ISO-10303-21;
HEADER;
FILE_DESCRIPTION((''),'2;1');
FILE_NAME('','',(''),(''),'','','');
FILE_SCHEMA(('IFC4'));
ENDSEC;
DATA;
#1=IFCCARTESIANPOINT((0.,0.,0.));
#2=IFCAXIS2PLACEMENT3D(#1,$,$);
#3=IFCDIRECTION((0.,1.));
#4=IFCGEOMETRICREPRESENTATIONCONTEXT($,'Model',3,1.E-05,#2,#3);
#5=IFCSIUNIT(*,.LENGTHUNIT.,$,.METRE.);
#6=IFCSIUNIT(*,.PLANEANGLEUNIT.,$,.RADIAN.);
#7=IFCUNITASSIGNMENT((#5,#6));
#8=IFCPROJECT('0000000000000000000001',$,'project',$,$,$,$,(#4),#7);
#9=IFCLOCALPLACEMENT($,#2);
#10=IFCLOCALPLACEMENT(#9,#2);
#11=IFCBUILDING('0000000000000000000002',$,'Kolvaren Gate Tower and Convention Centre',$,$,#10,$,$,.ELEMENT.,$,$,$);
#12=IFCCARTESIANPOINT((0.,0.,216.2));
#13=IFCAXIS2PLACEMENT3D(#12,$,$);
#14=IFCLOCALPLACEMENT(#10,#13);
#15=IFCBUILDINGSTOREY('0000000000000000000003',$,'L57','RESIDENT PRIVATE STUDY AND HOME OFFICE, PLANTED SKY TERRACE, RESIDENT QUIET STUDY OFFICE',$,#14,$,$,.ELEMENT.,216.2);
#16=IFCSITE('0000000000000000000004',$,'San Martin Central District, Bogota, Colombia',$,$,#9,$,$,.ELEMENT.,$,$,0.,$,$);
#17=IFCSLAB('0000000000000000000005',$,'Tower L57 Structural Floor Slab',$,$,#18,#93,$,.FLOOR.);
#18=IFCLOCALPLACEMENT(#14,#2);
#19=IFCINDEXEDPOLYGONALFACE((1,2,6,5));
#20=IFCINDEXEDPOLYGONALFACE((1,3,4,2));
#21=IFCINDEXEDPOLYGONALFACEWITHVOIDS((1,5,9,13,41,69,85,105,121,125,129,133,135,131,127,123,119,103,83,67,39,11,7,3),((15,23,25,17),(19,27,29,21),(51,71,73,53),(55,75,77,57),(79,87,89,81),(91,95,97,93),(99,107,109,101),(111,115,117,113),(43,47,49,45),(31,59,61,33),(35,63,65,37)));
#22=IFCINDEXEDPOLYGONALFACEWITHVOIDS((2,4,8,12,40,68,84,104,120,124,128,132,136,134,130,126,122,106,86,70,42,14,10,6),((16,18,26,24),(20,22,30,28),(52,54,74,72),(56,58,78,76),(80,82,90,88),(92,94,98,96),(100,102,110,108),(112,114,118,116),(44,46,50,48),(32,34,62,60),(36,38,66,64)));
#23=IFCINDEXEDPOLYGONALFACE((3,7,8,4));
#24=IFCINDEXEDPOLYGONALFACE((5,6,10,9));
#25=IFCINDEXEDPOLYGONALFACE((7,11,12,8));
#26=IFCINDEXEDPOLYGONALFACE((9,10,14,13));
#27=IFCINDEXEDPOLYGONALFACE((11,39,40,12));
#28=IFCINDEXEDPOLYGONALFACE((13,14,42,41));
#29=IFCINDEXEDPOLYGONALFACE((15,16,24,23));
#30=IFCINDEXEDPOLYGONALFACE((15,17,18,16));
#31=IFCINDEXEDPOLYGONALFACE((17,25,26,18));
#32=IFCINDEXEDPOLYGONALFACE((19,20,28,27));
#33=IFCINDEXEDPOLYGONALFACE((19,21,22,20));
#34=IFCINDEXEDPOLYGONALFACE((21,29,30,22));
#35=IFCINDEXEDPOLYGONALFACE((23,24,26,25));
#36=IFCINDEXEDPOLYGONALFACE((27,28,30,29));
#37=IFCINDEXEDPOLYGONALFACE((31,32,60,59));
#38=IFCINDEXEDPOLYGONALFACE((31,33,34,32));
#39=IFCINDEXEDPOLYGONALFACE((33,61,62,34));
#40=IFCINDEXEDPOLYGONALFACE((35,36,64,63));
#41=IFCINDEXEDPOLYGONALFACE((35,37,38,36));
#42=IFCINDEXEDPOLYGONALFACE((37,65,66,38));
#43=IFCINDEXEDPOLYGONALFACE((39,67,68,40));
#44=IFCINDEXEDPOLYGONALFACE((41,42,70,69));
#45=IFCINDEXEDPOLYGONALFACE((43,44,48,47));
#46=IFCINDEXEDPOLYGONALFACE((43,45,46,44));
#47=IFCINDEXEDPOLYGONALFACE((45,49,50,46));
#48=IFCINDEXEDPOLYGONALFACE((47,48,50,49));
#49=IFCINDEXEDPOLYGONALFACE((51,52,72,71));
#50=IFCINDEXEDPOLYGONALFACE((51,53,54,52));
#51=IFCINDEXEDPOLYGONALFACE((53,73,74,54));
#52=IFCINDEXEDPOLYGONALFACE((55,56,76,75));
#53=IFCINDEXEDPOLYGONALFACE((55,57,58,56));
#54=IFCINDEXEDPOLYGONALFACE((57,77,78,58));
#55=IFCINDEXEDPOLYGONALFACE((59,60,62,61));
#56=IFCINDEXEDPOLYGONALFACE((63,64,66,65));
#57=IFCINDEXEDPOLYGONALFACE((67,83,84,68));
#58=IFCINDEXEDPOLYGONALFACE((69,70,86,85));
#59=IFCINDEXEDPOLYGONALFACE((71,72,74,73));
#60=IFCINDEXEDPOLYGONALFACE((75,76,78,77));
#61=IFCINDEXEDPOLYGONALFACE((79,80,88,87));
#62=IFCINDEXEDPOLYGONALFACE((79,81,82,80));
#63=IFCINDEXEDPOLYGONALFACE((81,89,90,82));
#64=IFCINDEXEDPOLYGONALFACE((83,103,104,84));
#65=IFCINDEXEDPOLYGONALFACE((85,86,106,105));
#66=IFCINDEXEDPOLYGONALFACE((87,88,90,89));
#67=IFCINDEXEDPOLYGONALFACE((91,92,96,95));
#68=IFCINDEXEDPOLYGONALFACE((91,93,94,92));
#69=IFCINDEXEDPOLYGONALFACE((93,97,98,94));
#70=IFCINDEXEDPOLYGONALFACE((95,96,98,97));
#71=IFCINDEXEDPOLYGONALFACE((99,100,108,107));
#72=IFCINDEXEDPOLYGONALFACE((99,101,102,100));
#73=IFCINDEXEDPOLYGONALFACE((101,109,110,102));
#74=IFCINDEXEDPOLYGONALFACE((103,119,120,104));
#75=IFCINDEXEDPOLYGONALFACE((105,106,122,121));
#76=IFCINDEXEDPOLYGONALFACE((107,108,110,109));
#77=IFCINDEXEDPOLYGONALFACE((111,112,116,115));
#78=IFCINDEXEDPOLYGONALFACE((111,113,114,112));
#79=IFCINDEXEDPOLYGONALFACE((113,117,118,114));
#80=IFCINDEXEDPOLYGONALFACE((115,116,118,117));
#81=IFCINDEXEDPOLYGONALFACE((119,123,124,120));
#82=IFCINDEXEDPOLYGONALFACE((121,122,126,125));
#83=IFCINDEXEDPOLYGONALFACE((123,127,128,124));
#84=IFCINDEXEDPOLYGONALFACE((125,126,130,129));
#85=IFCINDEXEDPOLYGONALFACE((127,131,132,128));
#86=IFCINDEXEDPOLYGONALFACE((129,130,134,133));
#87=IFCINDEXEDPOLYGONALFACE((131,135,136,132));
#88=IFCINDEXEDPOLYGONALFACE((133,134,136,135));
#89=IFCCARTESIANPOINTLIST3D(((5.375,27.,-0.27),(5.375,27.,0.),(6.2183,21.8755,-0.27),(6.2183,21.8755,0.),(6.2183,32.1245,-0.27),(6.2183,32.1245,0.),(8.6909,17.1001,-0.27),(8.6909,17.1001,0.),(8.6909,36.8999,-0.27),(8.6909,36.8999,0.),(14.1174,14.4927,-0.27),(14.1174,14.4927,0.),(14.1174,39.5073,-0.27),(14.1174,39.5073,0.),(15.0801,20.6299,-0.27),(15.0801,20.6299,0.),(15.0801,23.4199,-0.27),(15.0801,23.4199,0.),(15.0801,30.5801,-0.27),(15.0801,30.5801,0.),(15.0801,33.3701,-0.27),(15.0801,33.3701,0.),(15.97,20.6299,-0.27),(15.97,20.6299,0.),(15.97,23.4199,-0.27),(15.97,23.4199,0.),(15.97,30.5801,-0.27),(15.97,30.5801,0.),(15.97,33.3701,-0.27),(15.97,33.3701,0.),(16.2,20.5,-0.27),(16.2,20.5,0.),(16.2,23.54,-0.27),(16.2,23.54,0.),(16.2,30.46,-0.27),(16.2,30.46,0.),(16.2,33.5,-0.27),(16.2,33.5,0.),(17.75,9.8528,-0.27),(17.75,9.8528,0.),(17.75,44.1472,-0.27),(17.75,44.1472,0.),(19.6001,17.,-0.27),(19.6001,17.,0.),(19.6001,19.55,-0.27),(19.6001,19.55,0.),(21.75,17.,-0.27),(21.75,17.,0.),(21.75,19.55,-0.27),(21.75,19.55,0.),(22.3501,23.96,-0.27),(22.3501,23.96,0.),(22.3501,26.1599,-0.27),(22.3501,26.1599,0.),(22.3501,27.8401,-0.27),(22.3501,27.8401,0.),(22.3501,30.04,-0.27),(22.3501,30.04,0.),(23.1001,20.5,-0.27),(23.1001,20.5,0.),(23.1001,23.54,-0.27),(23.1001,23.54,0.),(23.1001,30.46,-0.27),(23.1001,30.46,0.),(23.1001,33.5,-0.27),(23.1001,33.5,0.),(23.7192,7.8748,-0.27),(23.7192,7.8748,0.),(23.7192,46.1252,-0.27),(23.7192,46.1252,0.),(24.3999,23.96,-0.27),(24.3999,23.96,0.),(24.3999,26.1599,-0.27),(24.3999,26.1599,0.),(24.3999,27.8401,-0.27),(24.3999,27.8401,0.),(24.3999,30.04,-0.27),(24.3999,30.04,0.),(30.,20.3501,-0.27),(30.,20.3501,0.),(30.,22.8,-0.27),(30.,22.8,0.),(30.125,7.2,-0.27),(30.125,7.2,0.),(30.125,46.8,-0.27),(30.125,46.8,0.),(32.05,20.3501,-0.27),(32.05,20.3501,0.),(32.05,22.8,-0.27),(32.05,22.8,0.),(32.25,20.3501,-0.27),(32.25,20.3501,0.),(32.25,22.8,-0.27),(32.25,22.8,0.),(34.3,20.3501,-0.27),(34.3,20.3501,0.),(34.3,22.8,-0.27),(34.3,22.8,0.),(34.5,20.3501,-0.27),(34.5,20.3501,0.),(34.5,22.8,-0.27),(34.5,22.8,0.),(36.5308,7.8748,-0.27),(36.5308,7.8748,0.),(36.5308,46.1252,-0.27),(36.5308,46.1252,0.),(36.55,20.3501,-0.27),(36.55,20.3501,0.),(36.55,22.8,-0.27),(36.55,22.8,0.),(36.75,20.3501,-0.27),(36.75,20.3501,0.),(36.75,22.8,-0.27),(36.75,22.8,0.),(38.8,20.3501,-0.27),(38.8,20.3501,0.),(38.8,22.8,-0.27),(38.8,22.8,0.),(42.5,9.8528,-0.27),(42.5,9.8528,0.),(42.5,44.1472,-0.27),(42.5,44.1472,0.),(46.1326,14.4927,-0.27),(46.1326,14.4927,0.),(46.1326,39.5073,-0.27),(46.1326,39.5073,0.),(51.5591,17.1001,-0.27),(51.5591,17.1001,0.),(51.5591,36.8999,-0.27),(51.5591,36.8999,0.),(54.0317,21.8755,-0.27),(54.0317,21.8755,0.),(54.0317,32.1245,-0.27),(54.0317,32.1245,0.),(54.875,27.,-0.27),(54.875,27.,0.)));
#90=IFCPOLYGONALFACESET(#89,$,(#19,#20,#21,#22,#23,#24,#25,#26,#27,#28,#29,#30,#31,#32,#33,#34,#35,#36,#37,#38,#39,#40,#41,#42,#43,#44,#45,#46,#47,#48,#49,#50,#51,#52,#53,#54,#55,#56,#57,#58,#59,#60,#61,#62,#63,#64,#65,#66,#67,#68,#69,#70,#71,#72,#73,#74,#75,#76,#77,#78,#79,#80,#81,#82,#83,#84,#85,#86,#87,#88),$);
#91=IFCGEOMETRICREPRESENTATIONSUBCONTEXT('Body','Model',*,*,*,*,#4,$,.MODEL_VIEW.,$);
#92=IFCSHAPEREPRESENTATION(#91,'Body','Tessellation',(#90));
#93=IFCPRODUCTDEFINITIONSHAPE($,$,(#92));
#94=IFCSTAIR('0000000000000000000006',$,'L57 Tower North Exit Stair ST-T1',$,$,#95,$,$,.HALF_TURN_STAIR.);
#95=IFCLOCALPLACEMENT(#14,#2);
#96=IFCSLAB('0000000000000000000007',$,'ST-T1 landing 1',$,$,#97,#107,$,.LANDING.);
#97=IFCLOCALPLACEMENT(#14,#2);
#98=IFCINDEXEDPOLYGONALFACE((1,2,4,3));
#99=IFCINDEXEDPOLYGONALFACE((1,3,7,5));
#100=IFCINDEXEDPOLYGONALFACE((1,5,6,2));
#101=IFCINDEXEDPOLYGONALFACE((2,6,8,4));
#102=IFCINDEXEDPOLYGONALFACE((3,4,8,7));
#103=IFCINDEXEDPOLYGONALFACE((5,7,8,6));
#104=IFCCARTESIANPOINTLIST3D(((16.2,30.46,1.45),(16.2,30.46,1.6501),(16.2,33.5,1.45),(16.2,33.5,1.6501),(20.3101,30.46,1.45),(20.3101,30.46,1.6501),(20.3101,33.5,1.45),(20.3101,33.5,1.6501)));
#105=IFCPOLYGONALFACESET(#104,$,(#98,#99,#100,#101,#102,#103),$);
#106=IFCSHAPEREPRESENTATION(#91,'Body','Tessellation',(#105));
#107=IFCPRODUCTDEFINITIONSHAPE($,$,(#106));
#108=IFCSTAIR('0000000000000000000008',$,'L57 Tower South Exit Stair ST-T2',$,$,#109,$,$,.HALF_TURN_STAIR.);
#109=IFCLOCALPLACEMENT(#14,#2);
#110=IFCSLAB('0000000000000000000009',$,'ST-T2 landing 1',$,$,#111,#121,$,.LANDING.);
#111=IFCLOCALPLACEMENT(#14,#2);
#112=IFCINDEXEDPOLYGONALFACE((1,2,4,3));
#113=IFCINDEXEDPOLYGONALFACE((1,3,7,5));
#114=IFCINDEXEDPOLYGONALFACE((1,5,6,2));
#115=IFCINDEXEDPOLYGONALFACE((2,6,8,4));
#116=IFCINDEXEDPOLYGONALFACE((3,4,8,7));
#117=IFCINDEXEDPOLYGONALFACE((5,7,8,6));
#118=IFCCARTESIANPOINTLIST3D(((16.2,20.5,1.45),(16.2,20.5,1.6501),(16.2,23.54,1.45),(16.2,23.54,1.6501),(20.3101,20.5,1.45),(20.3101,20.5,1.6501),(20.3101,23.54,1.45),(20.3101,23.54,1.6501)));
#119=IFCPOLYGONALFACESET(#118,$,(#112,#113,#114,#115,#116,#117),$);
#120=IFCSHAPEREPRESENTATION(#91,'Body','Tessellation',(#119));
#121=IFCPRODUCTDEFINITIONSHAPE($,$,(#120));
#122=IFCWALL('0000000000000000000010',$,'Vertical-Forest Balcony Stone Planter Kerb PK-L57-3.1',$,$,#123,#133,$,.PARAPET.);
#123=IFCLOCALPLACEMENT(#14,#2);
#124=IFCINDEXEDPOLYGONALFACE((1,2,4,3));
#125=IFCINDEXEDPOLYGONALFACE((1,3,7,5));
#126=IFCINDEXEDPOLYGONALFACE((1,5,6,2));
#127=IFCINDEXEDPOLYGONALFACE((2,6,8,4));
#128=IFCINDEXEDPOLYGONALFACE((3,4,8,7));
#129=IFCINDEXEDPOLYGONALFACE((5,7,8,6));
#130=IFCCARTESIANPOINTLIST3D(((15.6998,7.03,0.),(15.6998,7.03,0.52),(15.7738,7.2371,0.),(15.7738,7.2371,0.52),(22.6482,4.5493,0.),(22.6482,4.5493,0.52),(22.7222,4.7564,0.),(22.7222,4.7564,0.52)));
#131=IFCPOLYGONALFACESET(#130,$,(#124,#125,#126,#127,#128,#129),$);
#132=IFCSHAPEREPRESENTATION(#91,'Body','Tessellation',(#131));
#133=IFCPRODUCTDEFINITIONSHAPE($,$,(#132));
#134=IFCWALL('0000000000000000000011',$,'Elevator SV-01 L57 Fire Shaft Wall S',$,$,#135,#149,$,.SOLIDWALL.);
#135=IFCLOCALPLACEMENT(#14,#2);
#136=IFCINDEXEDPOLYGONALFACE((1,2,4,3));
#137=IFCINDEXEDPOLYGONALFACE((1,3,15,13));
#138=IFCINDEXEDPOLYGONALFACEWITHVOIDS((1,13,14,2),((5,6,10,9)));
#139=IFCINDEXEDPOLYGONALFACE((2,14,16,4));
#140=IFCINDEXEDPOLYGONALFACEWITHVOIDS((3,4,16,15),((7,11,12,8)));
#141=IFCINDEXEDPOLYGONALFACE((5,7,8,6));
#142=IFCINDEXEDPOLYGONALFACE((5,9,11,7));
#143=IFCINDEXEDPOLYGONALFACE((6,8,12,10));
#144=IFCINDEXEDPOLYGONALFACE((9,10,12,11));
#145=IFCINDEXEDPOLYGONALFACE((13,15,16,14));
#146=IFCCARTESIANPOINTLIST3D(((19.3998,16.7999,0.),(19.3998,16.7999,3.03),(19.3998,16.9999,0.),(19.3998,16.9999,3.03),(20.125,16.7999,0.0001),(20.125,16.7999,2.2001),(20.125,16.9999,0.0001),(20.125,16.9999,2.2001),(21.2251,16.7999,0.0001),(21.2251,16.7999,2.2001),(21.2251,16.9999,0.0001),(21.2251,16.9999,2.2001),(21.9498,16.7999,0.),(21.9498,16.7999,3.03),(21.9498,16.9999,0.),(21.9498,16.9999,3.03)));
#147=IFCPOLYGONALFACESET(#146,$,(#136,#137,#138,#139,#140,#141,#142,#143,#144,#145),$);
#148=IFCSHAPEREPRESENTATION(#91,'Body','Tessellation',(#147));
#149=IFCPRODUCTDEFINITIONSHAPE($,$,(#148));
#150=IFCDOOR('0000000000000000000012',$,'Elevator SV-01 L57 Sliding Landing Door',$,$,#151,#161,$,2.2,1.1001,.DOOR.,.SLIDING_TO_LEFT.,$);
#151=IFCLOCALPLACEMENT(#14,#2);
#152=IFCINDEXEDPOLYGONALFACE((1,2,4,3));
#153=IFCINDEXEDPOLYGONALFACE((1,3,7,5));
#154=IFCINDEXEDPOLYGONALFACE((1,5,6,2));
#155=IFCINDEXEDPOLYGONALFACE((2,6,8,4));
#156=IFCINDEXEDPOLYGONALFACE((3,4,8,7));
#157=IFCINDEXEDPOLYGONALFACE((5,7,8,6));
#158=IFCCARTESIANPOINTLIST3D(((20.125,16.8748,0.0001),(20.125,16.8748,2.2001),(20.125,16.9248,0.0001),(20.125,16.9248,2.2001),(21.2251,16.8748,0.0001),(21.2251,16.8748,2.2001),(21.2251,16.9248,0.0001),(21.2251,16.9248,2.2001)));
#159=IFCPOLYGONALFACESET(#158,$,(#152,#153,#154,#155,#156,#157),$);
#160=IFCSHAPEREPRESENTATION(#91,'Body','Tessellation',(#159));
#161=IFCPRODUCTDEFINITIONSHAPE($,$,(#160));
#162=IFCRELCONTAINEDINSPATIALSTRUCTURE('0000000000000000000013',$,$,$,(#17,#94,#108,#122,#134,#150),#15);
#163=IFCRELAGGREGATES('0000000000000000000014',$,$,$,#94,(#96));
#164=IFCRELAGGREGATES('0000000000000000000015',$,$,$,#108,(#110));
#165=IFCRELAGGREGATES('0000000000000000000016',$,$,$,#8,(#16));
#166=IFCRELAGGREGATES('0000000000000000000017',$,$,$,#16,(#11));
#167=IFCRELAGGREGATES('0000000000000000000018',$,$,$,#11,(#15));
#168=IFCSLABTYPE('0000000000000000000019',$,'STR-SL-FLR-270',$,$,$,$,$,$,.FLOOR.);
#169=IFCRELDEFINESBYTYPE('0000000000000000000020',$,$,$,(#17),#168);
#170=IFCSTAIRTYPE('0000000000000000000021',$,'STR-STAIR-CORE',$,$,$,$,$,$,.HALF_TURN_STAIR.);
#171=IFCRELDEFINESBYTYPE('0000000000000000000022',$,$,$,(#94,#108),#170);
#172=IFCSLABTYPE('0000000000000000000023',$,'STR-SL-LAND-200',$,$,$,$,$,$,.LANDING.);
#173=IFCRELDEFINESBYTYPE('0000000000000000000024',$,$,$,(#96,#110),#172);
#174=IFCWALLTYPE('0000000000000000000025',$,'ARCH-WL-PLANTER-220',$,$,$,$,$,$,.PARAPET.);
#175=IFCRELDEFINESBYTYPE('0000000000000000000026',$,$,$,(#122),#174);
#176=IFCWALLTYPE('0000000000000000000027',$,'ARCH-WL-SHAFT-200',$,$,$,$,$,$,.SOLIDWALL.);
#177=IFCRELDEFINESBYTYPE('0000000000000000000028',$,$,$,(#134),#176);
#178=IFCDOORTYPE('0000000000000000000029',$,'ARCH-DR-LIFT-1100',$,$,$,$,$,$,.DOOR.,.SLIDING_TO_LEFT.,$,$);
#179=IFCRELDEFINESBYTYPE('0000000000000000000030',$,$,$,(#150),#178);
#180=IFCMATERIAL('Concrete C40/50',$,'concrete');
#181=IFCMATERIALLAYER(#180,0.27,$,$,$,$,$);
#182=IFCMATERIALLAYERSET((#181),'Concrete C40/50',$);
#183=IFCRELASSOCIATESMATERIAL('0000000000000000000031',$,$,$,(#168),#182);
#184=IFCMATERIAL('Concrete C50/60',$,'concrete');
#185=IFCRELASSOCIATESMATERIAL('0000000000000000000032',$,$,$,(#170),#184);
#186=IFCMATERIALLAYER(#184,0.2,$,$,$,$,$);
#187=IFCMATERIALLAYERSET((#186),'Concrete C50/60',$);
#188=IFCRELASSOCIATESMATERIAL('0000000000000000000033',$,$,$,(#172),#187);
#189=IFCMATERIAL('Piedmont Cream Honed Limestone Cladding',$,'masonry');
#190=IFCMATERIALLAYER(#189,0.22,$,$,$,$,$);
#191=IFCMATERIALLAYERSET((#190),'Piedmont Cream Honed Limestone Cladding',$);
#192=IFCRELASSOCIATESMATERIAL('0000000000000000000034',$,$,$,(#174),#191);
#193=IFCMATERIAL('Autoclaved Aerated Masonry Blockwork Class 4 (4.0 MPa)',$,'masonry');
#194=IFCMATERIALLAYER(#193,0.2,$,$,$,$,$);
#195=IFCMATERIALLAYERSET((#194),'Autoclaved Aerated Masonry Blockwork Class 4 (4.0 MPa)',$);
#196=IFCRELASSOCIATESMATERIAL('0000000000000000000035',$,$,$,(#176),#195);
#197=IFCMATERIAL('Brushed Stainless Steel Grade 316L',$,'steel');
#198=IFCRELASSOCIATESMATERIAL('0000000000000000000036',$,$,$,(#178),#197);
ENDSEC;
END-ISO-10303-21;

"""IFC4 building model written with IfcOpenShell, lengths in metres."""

from ifc_helpers import new_model, si_unit, direction, frame, frame_2d, origin, place, context, subcontext, project, spatial, polyline, rectangle, outline, extrude, material, layer, layer_set, type_object, element, fill, aggregate, save


model = new_model("IFC4")

# Units and contexts
model_context = context("Model", 3, precision=1e-05, world=origin(), true_north=direction((0.0, 1.0)))
body_context = subcontext(model_context, "Body", "Model", "MODEL_VIEW")
ifc_project = project(units=[si_unit("LENGTHUNIT", "METRE"), si_unit("PLANEANGLEUNIT", "RADIAN")], contexts=[model_context])

# Site, building, storey
site_placement = place(None, origin())
site = spatial("IfcSite", under=ifc_project, at=site_placement, Name="San Martin Central District, Bogota, Colombia", CompositionType="ELEMENT", RefElevation=0.0)
building_placement = place(site_placement, origin())
building = spatial("IfcBuilding", under=site, at=building_placement, Name="Kolvaren Gate Tower and Convention Centre", CompositionType="ELEMENT")
storey_placement = place(building_placement, frame((0.0, 0.0, 216.2)))
storey = spatial("IfcBuildingStorey", under=building, at=storey_placement, Name="L57", Description="RESIDENT PRIVATE STUDY AND HOME OFFICE, PLANTED SKY TERRACE, RESIDENT QUIET STUDY OFFICE", CompositionType="ELEMENT", Elevation=216.2)

# Slab
ifc_material_1 = material(Name="Concrete C50/60", Category="concrete")
ifc_material_2 = material(Name="Concrete C40/50", Category="concrete")
ifc_layer_1 = layer(ifc_material_2, 0.27)
ifc_layer_set_1 = layer_set([ifc_layer_1], Name="Concrete C40/50")
slab_type_1 = type_object("IfcSlabType", Name="STR-SL-FLR-270", PredefinedType="FLOOR", material=ifc_layer_set_1)
slab_1_placement = place(storey_placement, frame((0.0, 0.0, -0.27)))
element("IfcSlab", 1, at=slab_1_placement, inside=storey, type_object=slab_type_1, Name="Tower L57 Structural Floor Slab", PredefinedType="FLOOR", context=body_context, shape_type="SweptSolid", body=[
    extrude(outline(polyline([(54.875, 27.0), (54.0317, 32.1245), (51.5591, 36.8999), (46.1326, 39.5073), (42.5, 44.1472), (36.5308, 46.1252), (30.125, 46.8), (23.7192, 46.1252), (17.75, 44.1472), (14.1174, 39.5073), (8.6909, 36.8999), (6.2183, 32.1245), (5.375, 27.0), (6.2183, 21.8755), (8.6909, 17.1001), (14.1174, 14.4927), (17.75, 9.8528), (23.7192, 7.8748), (30.125, 7.2), (36.5308, 7.8748), (42.5, 9.8528), (46.1326, 14.4927), (51.5591, 17.1001), (54.0317, 21.8755), (54.875, 27.0)]), holes=[polyline([(36.75, 20.3501), (36.75, 22.8), (38.8, 22.8), (38.8, 20.3501), (36.75, 20.3501)]), polyline([(36.55, 20.3501), (34.5, 20.3501), (34.5, 22.8), (36.55, 22.8), (36.55, 20.3501)]), polyline([(32.25, 20.3501), (32.25, 22.8), (34.3, 22.8), (34.3, 20.3501), (32.25, 20.3501)]), polyline([(30.0, 20.3501), (30.0, 22.8), (32.05, 22.8), (32.05, 20.3501), (30.0, 20.3501)]), polyline([(22.3501, 23.96), (22.3501, 26.1599), (24.3999, 26.1599), (24.3999, 23.96), (22.3501, 23.96)]), polyline([(22.3501, 27.8401), (22.3501, 30.04), (24.3999, 30.04), (24.3999, 27.8401), (22.3501, 27.8401)]), polyline([(16.2, 23.54), (23.1001, 23.54), (23.1001, 20.5), (16.2, 20.5), (16.2, 23.54)]), polyline([(16.2, 33.5), (23.1001, 33.5), (23.1001, 30.46), (16.2, 30.46), (16.2, 33.5)]), polyline([(21.75, 17.0), (19.6001, 17.0), (19.6001, 19.55), (21.75, 19.55), (21.75, 17.0)]), polyline([(15.0801, 30.5801), (15.0801, 33.3701), (15.97, 33.3701), (15.97, 30.5801), (15.0801, 30.5801)]), polyline([(15.97, 20.6299), (15.0801, 20.6299), (15.0801, 23.4199), (15.97, 23.4199), (15.97, 20.6299)])]), origin(), (0.0, 0.0, 1.0), 0.27),
])

# Stairs, slabs
stair_type = type_object("IfcStairType", Name="STR-STAIR-CORE", PredefinedType="HALF_TURN_STAIR", material=ifc_material_1)
stair_1_placement = place(storey_placement, origin())
stair_1 = element("IfcStair", 2, at=stair_1_placement, inside=storey, type_object=stair_type, Name="L57 Tower North Exit Stair ST-T1", PredefinedType="HALF_TURN_STAIR")
ifc_layer_2 = layer(ifc_material_1, 0.2)
ifc_layer_set_2 = layer_set([ifc_layer_2], Name="Concrete C50/60")
slab_type_2 = type_object("IfcSlabType", Name="STR-SL-LAND-200", PredefinedType="LANDING", material=ifc_layer_set_2)
slab_2_placement = place(storey_placement, frame((0.0, 0.0, 1.45)))
slab_2 = element("IfcSlab", 3, at=slab_2_placement, type_object=slab_type_2, Name="ST-T1 landing 1", PredefinedType="LANDING", context=body_context, shape_type="SweptSolid", body=[
    extrude(outline(polyline([(20.3101, 33.5), (16.2, 33.5), (16.2, 30.46), (20.3101, 30.46), (20.3101, 33.5)])), origin(), (0.0, 0.0, 1.0), 0.2002),
])
aggregate(stair_1, [slab_2])
stair_2_placement = place(storey_placement, origin())
stair_2 = element("IfcStair", 4, at=stair_2_placement, inside=storey, type_object=stair_type, Name="L57 Tower South Exit Stair ST-T2", PredefinedType="HALF_TURN_STAIR")
slab_3_placement = place(storey_placement, frame((0.0, 0.0, 1.45)))
slab_3 = element("IfcSlab", 5, at=slab_3_placement, type_object=slab_type_2, Name="ST-T2 landing 1", PredefinedType="LANDING", context=body_context, shape_type="SweptSolid", body=[
    extrude(outline(polyline([(20.3101, 23.54), (16.2, 23.54), (16.2, 20.5), (20.3101, 20.5), (20.3101, 23.54)])), origin(), (0.0, 0.0, 1.0), 0.2002),
])
aggregate(stair_2, [slab_3])

# Wall
ifc_material_3 = material(Name="Piedmont Cream Honed Limestone Cladding", Category="masonry")
ifc_layer_3 = layer(ifc_material_3, 0.22)
ifc_layer_set_3 = layer_set([ifc_layer_3], Name="Piedmont Cream Honed Limestone Cladding")
wall_type_1 = type_object("IfcWallType", Name="ARCH-WL-PLANTER-220", PredefinedType="PARAPET", material=ifc_layer_set_3)
wall_1_placement = place(storey_placement, frame((15.7368, 7.1335, 0.0), z_axis=(0.0, 0.0, 1.0), x_axis=(0.94178, -0.336229, 0.0)))
element("IfcWall", 6, at=wall_1_placement, inside=storey, type_object=wall_type_1, Name="Vertical-Forest Balcony Stone Planter Kerb PK-L57-3.1", PredefinedType="PARAPET", context=body_context, shape_type="SweptSolid", body=[
    extrude(rectangle(XDim=7.3779, YDim=0.22, at=frame_2d((3.689, 0.0))), origin(), (0.0, 0.0, 1.0), 0.52),
])

# Wall, opening, door
ifc_material_4 = material(Name="Autoclaved Aerated Masonry Blockwork Class 4 (4.0 MPa)", Category="masonry")
ifc_layer_4 = layer(ifc_material_4, 0.2)
ifc_layer_set_4 = layer_set([ifc_layer_4], Name="Autoclaved Aerated Masonry Blockwork Class 4 (4.0 MPa)")
wall_type_2 = type_object("IfcWallType", Name="ARCH-WL-SHAFT-200", PredefinedType="SOLIDWALL", material=ifc_layer_set_4)
wall_2_placement = place(storey_placement, frame((19.3999, 16.8999, 0.0), z_axis=(0.0, 0.0, 1.0), x_axis=(1.0, 0.0, 0.0)))
wall_2 = element("IfcWall", 7, at=wall_2_placement, inside=storey, type_object=wall_type_2, Name="Elevator SV-01 L57 Fire Shaft Wall S", PredefinedType="SOLIDWALL", context=body_context, shape_type="SweptSolid", body=[
    extrude(rectangle(XDim=2.55, YDim=0.2, at=frame_2d((1.2749, 0.0))), origin(), (0.0, 0.0, 1.0), 3.03),
])
opening_1_placement = place(wall_2_placement, frame((0.7251, 0.0, 0.0)))
opening_1 = element("IfcOpeningElement", 8, at=opening_1_placement, cuts=wall_2, PredefinedType="OPENING", context=body_context, shape_type="SweptSolid", body=[
    extrude(rectangle(XDim=1.1001, YDim=2.2, at=frame_2d((0.55, 1.1001))), frame((0.0, 0.1099, 0.0), z_axis=(0.0, -1.0, 0.0), x_axis=(1.0, 0.0, 0.0)), (0.0, 0.0, 1.0), 0.22),
])
ifc_material_5 = material(Name="Brushed Stainless Steel Grade 316L", Category="steel")
door_type = type_object("IfcDoorType", Name="ARCH-DR-LIFT-1100", OperationType="SLIDING_TO_LEFT", PredefinedType="DOOR", material=ifc_material_5)
door_placement = place(opening_1_placement, origin())
door = element("IfcDoor", 9, at=door_placement, inside=storey, type_object=door_type, Name="Elevator SV-01 L57 Sliding Landing Door", OperationType="SLIDING_TO_LEFT", OverallHeight=2.2, OverallWidth=1.1001, PredefinedType="DOOR", context=body_context, shape_type="SweptSolid", body=[
    extrude(rectangle(XDim=1.1001, YDim=2.2, at=frame_2d((0.55, 1.1001))), frame((0.0, 0.0249, 0.0), z_axis=(0.0, -1.0, 0.0), x_axis=(1.0, 0.0, 0.0)), (0.0, 0.0, 1.0), 0.05),
])
fill(opening_1, door)

save(model, "model.ifc")
